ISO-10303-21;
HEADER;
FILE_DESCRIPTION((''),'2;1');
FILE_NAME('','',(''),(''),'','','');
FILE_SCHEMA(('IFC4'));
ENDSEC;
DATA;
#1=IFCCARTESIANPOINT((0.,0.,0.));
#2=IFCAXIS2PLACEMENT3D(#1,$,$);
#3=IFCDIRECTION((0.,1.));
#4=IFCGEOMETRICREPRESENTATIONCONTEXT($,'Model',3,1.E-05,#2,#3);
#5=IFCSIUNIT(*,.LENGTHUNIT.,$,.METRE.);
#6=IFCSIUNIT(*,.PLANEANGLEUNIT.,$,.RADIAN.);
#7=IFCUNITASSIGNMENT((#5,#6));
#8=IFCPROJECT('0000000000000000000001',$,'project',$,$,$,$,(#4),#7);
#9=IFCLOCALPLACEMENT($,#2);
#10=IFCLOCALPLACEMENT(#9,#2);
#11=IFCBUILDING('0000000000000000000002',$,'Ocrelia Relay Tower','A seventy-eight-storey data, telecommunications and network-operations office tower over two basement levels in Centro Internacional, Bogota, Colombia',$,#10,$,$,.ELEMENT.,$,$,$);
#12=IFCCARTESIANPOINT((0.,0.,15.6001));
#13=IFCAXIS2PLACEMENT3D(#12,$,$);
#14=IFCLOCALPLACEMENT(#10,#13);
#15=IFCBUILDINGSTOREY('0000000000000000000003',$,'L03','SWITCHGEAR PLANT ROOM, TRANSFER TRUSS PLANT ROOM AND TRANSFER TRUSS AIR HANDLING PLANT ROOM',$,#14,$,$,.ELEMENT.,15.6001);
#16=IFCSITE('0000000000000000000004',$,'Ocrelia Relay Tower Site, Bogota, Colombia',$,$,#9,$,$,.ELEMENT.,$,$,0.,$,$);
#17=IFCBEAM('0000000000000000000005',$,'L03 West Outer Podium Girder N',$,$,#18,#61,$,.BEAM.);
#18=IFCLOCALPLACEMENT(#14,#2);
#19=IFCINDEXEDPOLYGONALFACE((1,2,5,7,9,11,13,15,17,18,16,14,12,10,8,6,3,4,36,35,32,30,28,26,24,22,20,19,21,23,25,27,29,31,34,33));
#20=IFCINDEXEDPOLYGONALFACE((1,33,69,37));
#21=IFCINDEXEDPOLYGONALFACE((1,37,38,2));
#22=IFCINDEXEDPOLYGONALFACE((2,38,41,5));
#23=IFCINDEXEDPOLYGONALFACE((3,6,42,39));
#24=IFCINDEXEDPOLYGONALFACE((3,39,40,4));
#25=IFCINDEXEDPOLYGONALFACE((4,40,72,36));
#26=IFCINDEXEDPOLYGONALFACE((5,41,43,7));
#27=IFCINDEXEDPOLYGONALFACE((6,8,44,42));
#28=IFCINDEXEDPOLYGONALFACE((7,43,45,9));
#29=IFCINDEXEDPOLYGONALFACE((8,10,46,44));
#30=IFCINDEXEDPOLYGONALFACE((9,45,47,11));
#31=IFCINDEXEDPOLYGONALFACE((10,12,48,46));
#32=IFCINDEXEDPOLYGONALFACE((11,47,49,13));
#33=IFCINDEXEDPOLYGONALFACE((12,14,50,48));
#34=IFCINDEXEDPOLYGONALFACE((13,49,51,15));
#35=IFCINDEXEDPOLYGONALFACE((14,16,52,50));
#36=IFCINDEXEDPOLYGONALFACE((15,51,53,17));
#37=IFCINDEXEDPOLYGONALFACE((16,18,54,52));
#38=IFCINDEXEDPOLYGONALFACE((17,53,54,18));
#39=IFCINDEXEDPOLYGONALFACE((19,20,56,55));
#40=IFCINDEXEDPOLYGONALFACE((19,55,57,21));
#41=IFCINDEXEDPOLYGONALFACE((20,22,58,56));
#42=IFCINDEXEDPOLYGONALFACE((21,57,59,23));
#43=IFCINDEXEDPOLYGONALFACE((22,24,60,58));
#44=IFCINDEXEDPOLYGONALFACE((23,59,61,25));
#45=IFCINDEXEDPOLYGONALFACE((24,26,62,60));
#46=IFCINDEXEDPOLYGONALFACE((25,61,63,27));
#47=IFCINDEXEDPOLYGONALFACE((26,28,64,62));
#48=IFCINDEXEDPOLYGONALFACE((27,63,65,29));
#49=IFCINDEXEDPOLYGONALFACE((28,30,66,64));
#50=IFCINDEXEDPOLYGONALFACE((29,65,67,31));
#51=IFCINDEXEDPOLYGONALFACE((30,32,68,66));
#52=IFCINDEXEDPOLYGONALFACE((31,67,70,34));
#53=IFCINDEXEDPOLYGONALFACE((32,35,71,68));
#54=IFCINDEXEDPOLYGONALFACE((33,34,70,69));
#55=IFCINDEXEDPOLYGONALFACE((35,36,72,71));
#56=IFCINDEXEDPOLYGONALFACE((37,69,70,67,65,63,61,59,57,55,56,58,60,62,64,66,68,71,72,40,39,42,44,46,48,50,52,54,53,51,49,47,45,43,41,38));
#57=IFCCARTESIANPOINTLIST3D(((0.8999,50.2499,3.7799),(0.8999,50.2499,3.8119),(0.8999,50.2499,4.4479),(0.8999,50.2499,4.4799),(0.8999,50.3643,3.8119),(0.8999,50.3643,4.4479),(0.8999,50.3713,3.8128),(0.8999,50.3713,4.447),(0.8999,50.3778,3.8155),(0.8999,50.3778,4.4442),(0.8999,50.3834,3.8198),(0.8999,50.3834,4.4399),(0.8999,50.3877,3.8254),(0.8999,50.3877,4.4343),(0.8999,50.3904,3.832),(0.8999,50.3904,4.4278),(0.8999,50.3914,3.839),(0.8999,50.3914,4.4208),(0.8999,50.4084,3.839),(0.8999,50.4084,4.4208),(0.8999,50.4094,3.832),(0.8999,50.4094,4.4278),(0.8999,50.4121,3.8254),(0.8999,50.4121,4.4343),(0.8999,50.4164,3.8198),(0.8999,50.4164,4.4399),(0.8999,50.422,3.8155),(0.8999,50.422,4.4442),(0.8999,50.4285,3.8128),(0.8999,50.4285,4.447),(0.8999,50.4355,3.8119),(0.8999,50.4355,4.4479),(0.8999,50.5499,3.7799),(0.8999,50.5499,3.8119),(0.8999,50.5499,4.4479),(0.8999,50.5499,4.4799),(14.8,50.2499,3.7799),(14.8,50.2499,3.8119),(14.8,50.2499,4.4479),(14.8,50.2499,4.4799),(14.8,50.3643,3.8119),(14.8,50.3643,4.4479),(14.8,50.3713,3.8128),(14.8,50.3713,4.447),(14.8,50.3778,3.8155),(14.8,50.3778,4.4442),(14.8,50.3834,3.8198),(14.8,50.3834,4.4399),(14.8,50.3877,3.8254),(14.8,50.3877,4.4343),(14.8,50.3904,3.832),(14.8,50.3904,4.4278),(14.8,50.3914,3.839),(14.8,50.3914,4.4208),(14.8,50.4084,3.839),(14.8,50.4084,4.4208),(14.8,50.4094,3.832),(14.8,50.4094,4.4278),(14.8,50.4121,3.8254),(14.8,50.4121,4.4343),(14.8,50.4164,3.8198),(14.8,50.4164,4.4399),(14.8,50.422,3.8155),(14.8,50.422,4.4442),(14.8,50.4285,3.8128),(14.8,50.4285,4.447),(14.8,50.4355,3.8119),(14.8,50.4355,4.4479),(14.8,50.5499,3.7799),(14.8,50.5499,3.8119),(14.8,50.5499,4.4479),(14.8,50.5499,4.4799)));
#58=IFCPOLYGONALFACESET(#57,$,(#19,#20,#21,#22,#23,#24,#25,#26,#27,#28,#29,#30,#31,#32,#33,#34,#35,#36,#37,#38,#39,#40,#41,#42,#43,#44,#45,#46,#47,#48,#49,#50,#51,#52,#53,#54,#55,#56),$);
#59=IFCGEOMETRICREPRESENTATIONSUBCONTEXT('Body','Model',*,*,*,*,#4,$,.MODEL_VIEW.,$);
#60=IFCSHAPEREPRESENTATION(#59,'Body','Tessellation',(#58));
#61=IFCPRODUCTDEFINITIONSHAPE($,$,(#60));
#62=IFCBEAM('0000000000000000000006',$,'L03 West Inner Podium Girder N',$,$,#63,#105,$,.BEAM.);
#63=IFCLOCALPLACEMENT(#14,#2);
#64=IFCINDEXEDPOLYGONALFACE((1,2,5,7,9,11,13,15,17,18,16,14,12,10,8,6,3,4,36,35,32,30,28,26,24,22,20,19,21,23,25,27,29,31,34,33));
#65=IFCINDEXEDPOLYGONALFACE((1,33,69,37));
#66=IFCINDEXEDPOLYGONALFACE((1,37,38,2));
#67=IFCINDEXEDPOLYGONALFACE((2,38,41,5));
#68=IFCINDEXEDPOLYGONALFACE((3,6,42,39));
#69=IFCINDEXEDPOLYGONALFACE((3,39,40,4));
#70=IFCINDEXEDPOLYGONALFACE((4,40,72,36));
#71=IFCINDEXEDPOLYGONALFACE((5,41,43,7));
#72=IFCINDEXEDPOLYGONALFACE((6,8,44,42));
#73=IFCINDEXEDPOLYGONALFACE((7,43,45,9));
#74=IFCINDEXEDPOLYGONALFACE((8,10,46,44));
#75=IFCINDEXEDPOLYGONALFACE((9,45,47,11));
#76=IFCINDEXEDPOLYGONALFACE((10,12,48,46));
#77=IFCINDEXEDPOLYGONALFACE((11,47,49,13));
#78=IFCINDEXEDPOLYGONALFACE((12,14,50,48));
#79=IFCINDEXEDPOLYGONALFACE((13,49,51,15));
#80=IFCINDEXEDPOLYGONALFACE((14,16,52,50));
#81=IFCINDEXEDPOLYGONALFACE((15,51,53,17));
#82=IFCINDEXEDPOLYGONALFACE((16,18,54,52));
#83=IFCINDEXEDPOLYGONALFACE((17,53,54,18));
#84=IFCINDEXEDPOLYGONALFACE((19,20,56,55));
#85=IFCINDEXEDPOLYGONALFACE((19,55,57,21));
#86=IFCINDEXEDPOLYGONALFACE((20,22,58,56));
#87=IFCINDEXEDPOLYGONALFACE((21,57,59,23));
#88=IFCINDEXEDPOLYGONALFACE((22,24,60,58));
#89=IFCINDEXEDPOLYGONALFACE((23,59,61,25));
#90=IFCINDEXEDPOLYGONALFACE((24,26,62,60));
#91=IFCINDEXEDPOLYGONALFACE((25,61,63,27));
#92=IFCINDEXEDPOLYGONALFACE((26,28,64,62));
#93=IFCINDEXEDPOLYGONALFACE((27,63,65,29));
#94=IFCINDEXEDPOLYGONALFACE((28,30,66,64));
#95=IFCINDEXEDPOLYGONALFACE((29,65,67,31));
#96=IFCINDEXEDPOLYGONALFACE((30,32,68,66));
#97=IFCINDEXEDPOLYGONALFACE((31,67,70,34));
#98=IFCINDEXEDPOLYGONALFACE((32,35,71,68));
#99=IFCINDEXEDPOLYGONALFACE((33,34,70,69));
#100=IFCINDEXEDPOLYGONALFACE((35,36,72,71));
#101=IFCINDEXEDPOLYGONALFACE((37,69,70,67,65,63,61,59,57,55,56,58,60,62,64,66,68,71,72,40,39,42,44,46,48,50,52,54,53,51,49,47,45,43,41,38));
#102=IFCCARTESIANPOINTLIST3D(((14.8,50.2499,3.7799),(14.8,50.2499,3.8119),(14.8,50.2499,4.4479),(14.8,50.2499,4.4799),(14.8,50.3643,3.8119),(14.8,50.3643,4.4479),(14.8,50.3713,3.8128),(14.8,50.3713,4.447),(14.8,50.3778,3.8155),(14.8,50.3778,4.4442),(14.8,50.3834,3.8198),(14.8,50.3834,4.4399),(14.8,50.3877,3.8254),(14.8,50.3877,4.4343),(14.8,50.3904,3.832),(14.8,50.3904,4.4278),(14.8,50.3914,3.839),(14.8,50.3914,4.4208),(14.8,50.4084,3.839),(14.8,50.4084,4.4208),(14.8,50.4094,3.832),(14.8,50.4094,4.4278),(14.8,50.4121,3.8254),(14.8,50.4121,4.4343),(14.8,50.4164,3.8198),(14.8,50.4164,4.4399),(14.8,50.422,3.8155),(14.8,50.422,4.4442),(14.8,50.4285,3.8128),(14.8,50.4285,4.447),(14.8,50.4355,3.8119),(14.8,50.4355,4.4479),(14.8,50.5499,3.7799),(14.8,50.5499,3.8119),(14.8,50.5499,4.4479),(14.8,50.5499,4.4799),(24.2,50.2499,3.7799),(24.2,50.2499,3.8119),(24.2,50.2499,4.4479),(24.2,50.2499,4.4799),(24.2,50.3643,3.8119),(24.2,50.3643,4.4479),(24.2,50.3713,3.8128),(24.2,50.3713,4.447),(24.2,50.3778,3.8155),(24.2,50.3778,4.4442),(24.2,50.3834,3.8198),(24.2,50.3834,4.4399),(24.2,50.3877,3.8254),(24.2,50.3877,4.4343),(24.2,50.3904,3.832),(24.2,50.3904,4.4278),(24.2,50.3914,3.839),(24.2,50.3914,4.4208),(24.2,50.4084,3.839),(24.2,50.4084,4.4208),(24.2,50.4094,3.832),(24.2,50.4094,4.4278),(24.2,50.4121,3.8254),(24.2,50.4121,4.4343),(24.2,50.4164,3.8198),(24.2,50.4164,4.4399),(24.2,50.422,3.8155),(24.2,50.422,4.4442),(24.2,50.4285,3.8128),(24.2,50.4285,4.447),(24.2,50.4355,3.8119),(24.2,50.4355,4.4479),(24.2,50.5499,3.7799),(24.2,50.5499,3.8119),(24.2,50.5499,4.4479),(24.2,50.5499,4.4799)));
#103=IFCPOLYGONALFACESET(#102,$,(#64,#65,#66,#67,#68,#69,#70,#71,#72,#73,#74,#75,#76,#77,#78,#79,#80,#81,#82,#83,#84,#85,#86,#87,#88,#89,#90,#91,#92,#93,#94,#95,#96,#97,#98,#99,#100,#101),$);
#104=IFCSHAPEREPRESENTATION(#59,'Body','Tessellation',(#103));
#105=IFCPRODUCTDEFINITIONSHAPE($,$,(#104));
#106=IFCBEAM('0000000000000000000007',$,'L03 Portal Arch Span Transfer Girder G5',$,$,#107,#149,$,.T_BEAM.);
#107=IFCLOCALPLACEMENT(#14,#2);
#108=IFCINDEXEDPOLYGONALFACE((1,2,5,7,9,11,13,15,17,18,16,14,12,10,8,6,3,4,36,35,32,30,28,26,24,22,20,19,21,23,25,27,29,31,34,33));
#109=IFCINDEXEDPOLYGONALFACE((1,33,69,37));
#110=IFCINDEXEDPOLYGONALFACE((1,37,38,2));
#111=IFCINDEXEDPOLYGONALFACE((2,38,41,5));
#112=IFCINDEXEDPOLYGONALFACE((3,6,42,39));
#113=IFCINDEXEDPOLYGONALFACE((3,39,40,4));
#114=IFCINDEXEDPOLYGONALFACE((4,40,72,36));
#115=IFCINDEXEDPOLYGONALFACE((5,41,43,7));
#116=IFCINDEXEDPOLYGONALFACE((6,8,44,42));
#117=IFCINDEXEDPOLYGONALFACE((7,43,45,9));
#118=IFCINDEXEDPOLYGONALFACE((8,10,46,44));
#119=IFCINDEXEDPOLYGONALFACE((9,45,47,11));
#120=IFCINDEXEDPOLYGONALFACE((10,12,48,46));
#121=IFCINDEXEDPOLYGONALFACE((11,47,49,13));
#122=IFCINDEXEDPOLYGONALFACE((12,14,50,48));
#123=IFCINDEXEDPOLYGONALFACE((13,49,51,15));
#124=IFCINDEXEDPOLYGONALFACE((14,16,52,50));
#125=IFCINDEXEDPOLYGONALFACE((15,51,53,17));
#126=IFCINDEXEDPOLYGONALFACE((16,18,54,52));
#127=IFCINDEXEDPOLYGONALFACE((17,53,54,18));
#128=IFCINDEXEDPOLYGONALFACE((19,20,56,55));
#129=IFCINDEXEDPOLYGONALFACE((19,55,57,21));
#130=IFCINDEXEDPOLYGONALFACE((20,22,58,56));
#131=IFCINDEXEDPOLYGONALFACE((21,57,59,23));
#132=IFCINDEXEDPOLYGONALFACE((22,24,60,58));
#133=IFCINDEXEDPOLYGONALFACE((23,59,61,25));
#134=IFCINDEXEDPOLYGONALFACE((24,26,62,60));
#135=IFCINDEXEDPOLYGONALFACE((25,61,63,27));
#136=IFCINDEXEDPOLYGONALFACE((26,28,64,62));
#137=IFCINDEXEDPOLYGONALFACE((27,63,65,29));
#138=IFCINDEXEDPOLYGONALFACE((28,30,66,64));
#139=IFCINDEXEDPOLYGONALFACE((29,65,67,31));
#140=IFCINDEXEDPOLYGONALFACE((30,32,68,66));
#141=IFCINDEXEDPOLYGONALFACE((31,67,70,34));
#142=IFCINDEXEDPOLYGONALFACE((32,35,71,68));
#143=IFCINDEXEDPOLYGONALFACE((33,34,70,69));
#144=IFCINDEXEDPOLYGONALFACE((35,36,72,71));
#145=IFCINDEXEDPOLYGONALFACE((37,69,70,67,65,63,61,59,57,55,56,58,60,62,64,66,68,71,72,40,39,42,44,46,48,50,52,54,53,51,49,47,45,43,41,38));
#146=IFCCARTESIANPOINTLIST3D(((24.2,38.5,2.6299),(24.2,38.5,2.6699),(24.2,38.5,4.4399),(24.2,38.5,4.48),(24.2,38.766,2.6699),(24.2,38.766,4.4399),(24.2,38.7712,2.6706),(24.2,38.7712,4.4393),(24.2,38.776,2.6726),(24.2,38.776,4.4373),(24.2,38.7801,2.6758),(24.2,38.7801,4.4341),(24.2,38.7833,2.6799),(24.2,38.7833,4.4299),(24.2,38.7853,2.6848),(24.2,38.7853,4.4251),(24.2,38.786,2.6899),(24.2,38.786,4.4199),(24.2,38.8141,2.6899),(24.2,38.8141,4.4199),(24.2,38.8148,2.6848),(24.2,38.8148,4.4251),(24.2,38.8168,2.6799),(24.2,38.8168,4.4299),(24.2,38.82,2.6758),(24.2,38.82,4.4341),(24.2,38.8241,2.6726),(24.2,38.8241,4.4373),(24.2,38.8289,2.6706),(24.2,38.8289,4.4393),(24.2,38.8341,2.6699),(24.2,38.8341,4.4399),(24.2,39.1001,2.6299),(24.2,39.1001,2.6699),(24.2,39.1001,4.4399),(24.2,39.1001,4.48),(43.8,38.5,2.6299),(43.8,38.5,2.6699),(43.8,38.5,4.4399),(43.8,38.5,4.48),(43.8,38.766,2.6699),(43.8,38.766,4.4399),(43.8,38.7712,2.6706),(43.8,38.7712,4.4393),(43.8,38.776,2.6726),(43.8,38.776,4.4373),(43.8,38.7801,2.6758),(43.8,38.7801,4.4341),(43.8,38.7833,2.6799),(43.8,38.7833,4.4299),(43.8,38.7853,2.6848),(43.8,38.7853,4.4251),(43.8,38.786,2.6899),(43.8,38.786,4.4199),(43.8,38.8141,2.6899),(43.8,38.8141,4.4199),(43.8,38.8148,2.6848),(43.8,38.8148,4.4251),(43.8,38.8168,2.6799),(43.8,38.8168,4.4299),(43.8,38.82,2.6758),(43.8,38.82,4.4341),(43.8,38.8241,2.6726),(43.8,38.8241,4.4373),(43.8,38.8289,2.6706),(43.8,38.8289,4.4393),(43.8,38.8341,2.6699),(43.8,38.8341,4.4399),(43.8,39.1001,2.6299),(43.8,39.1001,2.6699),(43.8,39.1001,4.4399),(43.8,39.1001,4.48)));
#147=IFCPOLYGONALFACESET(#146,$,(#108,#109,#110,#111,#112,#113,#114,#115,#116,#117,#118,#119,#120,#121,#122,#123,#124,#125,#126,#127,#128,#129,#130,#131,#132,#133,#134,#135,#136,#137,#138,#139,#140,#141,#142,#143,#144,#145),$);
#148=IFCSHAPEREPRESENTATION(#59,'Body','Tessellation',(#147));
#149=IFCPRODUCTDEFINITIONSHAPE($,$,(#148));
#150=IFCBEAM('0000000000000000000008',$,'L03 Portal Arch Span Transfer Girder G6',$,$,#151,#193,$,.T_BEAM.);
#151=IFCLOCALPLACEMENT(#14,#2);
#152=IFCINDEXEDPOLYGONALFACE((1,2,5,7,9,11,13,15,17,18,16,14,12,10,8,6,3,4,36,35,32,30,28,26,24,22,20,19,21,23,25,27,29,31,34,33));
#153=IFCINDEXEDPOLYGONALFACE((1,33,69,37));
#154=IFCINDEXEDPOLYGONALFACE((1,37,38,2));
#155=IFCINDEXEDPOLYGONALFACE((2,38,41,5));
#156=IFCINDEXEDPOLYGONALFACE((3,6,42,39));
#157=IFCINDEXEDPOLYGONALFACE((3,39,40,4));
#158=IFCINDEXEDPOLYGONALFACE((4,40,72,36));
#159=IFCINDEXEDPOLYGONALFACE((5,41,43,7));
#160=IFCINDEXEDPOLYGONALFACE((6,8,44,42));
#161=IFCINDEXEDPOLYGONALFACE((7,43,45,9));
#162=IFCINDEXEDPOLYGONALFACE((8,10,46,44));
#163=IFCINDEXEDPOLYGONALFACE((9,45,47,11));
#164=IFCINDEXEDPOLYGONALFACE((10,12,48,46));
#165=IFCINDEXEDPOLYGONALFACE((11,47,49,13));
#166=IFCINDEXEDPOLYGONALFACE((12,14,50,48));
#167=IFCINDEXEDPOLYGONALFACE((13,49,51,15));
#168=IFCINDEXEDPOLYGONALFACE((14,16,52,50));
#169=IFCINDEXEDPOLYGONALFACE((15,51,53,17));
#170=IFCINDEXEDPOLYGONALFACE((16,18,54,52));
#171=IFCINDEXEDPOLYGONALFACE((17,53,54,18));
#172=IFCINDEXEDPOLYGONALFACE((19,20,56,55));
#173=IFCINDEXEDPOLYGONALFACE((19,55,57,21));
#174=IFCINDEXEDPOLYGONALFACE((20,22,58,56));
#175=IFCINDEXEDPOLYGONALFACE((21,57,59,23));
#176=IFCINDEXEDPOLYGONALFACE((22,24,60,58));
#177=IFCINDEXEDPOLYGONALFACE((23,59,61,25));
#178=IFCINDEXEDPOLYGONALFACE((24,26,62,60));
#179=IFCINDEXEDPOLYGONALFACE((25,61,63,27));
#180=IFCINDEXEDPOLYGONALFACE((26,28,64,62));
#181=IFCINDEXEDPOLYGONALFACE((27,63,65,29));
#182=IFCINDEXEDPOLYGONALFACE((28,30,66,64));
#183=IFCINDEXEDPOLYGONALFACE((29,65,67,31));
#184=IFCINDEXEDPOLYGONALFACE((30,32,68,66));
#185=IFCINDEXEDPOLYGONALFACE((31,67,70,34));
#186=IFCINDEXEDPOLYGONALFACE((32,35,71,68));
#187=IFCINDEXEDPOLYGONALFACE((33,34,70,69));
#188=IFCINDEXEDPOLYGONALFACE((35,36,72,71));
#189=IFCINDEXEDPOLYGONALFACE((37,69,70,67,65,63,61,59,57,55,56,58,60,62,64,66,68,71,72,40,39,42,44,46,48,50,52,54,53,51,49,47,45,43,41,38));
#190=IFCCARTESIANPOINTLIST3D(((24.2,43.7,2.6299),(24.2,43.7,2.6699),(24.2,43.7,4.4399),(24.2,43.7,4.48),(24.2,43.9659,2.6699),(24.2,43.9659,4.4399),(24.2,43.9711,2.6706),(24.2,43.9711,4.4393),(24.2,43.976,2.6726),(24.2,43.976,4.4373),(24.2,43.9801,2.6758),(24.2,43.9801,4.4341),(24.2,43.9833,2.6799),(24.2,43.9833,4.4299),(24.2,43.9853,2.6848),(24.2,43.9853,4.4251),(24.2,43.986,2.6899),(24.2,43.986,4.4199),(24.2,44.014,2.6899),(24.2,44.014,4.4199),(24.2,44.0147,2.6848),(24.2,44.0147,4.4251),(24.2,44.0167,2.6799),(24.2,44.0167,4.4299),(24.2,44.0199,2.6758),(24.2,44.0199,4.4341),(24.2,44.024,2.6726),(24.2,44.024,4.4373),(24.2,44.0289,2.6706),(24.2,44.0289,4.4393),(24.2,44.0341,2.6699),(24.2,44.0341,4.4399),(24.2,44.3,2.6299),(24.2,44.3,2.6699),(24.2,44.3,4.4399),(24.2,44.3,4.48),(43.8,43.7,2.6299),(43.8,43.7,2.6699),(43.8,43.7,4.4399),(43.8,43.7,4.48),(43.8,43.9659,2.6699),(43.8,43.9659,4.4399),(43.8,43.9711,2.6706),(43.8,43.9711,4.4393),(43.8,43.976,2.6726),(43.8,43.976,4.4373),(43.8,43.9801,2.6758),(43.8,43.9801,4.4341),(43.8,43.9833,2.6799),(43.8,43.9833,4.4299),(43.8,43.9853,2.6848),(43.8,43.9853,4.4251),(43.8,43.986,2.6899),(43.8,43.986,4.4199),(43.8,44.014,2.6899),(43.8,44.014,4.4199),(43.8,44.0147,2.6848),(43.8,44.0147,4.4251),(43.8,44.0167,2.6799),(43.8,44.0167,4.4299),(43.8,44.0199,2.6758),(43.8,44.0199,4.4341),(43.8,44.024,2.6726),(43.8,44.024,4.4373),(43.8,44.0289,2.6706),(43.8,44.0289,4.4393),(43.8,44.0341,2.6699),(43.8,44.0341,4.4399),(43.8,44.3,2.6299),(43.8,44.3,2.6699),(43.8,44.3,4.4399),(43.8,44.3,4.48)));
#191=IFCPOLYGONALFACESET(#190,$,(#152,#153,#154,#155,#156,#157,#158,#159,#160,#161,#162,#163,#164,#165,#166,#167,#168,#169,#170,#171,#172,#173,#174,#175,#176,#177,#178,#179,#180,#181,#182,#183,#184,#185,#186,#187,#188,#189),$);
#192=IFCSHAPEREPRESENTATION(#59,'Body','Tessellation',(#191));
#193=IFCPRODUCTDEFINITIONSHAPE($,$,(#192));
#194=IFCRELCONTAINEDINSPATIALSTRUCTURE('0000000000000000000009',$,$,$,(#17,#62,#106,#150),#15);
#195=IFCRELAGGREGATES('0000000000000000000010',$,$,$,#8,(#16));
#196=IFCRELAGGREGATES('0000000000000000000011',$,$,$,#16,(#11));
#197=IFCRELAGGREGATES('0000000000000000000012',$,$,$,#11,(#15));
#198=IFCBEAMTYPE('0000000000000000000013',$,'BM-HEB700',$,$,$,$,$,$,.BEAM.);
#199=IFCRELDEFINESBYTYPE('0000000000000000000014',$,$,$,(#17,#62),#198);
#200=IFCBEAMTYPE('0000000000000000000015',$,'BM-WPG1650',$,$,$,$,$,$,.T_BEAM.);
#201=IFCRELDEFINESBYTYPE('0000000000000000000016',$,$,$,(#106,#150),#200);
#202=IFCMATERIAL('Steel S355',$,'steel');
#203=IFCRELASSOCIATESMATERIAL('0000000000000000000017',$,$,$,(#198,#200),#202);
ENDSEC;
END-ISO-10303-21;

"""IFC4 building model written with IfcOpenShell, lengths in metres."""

from ifc_helpers import new_model, si_unit, direction, frame, origin, origin_2d, place, context, subcontext, project, spatial, i_section, extrude, material, material_profile, profile_set, type_object, element, save


model = new_model("IFC4")

# Units and contexts
model_context = context("Model", 3, precision=1e-05, world=origin(), true_north=direction((0.0, 1.0)))
body_context = subcontext(model_context, "Body", "Model", "MODEL_VIEW")
ifc_project = project(units=[si_unit("LENGTHUNIT", "METRE"), si_unit("PLANEANGLEUNIT", "RADIAN")], contexts=[model_context])

# Site, building, storey
site_placement = place(None, origin())
site = spatial("IfcSite", under=ifc_project, at=site_placement, Name="Ocrelia Relay Tower Site, Bogota, Colombia", CompositionType="ELEMENT", RefElevation=0.0)
building_placement = place(site_placement, origin())
building = spatial("IfcBuilding", under=site, at=building_placement, Name="Ocrelia Relay Tower", Description="A seventy-eight-storey data, telecommunications and network-operations office tower over two basement levels in Centro Internacional, Bogota, Colombia", CompositionType="ELEMENT")
storey_placement = place(building_placement, frame((0.0, 0.0, 15.6001)))
storey = spatial("IfcBuildingStorey", under=building, at=storey_placement, Name="L03", Description="SWITCHGEAR PLANT ROOM, TRANSFER TRUSS PLANT ROOM AND TRANSFER TRUSS AIR HANDLING PLANT ROOM", CompositionType="ELEMENT", Elevation=15.6001)

# Beams
ifc_material_1 = material(Name="Steel S355", Category="steel")
ifc_material_profile_1 = material_profile(ifc_material_1, i_section(OverallWidth=0.3, OverallDepth=0.7, WebThickness=0.0171, FlangeThickness=0.032, FilletRadius=0.0271, at=origin_2d()), Name="HEB 700")
ifc_profile_set_1 = profile_set([ifc_material_profile_1], Name="Steel S355")
beam_type_1 = type_object("IfcBeamType", Name="BM-HEB700", PredefinedType="BEAM", material=ifc_profile_set_1)
beam_1_placement = place(storey_placement, frame((0.8999, 50.3999, 4.1299), z_axis=(1.0, 0.0, 0.0), x_axis=(0.0, 1.0, 0.0)))
element("IfcBeam", 1, at=beam_1_placement, inside=storey, type_object=beam_type_1, Name="L03 West Outer Podium Girder N", PredefinedType="BEAM", context=body_context, shape_type="SweptSolid", body=[
    extrude(i_section(OverallWidth=0.3, OverallDepth=0.7, WebThickness=0.0171, FlangeThickness=0.032, FilletRadius=0.0271, at=origin_2d()), origin(), (0.0, 0.0, 1.0), 13.9001),
])
beam_2_placement = place(storey_placement, frame((14.8, 50.3999, 4.1299), z_axis=(1.0, 0.0, 0.0), x_axis=(0.0, 1.0, 0.0)))
element("IfcBeam", 2, at=beam_2_placement, inside=storey, type_object=beam_type_1, Name="L03 West Inner Podium Girder N", PredefinedType="BEAM", context=body_context, shape_type="SweptSolid", body=[
    extrude(i_section(OverallWidth=0.3, OverallDepth=0.7, WebThickness=0.0171, FlangeThickness=0.032, FilletRadius=0.0271, at=origin_2d()), origin(), (0.0, 0.0, 1.0), 9.3999),
])
ifc_material_profile_2 = material_profile(ifc_material_1, i_section(OverallWidth=0.6001, OverallDepth=1.8501, WebThickness=0.0281, FlangeThickness=0.04, FilletRadius=0.02, at=origin_2d()), Name="WPG 1850x600")
ifc_profile_set_2 = profile_set([ifc_material_profile_2], Name="Steel S355")
beam_type_2 = type_object("IfcBeamType", Name="BM-WPG1650", PredefinedType="T_BEAM", material=ifc_profile_set_2)
for number, where, z_axis, x_axis, name in (
    (3, (24.2, 38.8, 3.5549), (1.0, 0.0, 0.0), (0.0, 1.0, 0.0), "L03 Portal Arch Span Transfer Girder G5"),
    (4, (24.2, 44.0, 3.5549), (1.0, 0.0, 0.0), (0.0, 1.0, 0.0), "L03 Portal Arch Span Transfer Girder G6"),
):
    element("IfcBeam", number, at=place(storey_placement, frame(where, z_axis=z_axis, x_axis=x_axis)), inside=storey, type_object=beam_type_2, Name=name, PredefinedType="T_BEAM", context=body_context, shape_type="SweptSolid", body=[
        extrude(i_section(OverallWidth=0.6001, OverallDepth=1.8501, WebThickness=0.0281, FlangeThickness=0.04, FilletRadius=0.02, at=origin_2d()), origin(), (0.0, 0.0, 1.0), 19.6001),
    ])

save(model, "model.ifc")
